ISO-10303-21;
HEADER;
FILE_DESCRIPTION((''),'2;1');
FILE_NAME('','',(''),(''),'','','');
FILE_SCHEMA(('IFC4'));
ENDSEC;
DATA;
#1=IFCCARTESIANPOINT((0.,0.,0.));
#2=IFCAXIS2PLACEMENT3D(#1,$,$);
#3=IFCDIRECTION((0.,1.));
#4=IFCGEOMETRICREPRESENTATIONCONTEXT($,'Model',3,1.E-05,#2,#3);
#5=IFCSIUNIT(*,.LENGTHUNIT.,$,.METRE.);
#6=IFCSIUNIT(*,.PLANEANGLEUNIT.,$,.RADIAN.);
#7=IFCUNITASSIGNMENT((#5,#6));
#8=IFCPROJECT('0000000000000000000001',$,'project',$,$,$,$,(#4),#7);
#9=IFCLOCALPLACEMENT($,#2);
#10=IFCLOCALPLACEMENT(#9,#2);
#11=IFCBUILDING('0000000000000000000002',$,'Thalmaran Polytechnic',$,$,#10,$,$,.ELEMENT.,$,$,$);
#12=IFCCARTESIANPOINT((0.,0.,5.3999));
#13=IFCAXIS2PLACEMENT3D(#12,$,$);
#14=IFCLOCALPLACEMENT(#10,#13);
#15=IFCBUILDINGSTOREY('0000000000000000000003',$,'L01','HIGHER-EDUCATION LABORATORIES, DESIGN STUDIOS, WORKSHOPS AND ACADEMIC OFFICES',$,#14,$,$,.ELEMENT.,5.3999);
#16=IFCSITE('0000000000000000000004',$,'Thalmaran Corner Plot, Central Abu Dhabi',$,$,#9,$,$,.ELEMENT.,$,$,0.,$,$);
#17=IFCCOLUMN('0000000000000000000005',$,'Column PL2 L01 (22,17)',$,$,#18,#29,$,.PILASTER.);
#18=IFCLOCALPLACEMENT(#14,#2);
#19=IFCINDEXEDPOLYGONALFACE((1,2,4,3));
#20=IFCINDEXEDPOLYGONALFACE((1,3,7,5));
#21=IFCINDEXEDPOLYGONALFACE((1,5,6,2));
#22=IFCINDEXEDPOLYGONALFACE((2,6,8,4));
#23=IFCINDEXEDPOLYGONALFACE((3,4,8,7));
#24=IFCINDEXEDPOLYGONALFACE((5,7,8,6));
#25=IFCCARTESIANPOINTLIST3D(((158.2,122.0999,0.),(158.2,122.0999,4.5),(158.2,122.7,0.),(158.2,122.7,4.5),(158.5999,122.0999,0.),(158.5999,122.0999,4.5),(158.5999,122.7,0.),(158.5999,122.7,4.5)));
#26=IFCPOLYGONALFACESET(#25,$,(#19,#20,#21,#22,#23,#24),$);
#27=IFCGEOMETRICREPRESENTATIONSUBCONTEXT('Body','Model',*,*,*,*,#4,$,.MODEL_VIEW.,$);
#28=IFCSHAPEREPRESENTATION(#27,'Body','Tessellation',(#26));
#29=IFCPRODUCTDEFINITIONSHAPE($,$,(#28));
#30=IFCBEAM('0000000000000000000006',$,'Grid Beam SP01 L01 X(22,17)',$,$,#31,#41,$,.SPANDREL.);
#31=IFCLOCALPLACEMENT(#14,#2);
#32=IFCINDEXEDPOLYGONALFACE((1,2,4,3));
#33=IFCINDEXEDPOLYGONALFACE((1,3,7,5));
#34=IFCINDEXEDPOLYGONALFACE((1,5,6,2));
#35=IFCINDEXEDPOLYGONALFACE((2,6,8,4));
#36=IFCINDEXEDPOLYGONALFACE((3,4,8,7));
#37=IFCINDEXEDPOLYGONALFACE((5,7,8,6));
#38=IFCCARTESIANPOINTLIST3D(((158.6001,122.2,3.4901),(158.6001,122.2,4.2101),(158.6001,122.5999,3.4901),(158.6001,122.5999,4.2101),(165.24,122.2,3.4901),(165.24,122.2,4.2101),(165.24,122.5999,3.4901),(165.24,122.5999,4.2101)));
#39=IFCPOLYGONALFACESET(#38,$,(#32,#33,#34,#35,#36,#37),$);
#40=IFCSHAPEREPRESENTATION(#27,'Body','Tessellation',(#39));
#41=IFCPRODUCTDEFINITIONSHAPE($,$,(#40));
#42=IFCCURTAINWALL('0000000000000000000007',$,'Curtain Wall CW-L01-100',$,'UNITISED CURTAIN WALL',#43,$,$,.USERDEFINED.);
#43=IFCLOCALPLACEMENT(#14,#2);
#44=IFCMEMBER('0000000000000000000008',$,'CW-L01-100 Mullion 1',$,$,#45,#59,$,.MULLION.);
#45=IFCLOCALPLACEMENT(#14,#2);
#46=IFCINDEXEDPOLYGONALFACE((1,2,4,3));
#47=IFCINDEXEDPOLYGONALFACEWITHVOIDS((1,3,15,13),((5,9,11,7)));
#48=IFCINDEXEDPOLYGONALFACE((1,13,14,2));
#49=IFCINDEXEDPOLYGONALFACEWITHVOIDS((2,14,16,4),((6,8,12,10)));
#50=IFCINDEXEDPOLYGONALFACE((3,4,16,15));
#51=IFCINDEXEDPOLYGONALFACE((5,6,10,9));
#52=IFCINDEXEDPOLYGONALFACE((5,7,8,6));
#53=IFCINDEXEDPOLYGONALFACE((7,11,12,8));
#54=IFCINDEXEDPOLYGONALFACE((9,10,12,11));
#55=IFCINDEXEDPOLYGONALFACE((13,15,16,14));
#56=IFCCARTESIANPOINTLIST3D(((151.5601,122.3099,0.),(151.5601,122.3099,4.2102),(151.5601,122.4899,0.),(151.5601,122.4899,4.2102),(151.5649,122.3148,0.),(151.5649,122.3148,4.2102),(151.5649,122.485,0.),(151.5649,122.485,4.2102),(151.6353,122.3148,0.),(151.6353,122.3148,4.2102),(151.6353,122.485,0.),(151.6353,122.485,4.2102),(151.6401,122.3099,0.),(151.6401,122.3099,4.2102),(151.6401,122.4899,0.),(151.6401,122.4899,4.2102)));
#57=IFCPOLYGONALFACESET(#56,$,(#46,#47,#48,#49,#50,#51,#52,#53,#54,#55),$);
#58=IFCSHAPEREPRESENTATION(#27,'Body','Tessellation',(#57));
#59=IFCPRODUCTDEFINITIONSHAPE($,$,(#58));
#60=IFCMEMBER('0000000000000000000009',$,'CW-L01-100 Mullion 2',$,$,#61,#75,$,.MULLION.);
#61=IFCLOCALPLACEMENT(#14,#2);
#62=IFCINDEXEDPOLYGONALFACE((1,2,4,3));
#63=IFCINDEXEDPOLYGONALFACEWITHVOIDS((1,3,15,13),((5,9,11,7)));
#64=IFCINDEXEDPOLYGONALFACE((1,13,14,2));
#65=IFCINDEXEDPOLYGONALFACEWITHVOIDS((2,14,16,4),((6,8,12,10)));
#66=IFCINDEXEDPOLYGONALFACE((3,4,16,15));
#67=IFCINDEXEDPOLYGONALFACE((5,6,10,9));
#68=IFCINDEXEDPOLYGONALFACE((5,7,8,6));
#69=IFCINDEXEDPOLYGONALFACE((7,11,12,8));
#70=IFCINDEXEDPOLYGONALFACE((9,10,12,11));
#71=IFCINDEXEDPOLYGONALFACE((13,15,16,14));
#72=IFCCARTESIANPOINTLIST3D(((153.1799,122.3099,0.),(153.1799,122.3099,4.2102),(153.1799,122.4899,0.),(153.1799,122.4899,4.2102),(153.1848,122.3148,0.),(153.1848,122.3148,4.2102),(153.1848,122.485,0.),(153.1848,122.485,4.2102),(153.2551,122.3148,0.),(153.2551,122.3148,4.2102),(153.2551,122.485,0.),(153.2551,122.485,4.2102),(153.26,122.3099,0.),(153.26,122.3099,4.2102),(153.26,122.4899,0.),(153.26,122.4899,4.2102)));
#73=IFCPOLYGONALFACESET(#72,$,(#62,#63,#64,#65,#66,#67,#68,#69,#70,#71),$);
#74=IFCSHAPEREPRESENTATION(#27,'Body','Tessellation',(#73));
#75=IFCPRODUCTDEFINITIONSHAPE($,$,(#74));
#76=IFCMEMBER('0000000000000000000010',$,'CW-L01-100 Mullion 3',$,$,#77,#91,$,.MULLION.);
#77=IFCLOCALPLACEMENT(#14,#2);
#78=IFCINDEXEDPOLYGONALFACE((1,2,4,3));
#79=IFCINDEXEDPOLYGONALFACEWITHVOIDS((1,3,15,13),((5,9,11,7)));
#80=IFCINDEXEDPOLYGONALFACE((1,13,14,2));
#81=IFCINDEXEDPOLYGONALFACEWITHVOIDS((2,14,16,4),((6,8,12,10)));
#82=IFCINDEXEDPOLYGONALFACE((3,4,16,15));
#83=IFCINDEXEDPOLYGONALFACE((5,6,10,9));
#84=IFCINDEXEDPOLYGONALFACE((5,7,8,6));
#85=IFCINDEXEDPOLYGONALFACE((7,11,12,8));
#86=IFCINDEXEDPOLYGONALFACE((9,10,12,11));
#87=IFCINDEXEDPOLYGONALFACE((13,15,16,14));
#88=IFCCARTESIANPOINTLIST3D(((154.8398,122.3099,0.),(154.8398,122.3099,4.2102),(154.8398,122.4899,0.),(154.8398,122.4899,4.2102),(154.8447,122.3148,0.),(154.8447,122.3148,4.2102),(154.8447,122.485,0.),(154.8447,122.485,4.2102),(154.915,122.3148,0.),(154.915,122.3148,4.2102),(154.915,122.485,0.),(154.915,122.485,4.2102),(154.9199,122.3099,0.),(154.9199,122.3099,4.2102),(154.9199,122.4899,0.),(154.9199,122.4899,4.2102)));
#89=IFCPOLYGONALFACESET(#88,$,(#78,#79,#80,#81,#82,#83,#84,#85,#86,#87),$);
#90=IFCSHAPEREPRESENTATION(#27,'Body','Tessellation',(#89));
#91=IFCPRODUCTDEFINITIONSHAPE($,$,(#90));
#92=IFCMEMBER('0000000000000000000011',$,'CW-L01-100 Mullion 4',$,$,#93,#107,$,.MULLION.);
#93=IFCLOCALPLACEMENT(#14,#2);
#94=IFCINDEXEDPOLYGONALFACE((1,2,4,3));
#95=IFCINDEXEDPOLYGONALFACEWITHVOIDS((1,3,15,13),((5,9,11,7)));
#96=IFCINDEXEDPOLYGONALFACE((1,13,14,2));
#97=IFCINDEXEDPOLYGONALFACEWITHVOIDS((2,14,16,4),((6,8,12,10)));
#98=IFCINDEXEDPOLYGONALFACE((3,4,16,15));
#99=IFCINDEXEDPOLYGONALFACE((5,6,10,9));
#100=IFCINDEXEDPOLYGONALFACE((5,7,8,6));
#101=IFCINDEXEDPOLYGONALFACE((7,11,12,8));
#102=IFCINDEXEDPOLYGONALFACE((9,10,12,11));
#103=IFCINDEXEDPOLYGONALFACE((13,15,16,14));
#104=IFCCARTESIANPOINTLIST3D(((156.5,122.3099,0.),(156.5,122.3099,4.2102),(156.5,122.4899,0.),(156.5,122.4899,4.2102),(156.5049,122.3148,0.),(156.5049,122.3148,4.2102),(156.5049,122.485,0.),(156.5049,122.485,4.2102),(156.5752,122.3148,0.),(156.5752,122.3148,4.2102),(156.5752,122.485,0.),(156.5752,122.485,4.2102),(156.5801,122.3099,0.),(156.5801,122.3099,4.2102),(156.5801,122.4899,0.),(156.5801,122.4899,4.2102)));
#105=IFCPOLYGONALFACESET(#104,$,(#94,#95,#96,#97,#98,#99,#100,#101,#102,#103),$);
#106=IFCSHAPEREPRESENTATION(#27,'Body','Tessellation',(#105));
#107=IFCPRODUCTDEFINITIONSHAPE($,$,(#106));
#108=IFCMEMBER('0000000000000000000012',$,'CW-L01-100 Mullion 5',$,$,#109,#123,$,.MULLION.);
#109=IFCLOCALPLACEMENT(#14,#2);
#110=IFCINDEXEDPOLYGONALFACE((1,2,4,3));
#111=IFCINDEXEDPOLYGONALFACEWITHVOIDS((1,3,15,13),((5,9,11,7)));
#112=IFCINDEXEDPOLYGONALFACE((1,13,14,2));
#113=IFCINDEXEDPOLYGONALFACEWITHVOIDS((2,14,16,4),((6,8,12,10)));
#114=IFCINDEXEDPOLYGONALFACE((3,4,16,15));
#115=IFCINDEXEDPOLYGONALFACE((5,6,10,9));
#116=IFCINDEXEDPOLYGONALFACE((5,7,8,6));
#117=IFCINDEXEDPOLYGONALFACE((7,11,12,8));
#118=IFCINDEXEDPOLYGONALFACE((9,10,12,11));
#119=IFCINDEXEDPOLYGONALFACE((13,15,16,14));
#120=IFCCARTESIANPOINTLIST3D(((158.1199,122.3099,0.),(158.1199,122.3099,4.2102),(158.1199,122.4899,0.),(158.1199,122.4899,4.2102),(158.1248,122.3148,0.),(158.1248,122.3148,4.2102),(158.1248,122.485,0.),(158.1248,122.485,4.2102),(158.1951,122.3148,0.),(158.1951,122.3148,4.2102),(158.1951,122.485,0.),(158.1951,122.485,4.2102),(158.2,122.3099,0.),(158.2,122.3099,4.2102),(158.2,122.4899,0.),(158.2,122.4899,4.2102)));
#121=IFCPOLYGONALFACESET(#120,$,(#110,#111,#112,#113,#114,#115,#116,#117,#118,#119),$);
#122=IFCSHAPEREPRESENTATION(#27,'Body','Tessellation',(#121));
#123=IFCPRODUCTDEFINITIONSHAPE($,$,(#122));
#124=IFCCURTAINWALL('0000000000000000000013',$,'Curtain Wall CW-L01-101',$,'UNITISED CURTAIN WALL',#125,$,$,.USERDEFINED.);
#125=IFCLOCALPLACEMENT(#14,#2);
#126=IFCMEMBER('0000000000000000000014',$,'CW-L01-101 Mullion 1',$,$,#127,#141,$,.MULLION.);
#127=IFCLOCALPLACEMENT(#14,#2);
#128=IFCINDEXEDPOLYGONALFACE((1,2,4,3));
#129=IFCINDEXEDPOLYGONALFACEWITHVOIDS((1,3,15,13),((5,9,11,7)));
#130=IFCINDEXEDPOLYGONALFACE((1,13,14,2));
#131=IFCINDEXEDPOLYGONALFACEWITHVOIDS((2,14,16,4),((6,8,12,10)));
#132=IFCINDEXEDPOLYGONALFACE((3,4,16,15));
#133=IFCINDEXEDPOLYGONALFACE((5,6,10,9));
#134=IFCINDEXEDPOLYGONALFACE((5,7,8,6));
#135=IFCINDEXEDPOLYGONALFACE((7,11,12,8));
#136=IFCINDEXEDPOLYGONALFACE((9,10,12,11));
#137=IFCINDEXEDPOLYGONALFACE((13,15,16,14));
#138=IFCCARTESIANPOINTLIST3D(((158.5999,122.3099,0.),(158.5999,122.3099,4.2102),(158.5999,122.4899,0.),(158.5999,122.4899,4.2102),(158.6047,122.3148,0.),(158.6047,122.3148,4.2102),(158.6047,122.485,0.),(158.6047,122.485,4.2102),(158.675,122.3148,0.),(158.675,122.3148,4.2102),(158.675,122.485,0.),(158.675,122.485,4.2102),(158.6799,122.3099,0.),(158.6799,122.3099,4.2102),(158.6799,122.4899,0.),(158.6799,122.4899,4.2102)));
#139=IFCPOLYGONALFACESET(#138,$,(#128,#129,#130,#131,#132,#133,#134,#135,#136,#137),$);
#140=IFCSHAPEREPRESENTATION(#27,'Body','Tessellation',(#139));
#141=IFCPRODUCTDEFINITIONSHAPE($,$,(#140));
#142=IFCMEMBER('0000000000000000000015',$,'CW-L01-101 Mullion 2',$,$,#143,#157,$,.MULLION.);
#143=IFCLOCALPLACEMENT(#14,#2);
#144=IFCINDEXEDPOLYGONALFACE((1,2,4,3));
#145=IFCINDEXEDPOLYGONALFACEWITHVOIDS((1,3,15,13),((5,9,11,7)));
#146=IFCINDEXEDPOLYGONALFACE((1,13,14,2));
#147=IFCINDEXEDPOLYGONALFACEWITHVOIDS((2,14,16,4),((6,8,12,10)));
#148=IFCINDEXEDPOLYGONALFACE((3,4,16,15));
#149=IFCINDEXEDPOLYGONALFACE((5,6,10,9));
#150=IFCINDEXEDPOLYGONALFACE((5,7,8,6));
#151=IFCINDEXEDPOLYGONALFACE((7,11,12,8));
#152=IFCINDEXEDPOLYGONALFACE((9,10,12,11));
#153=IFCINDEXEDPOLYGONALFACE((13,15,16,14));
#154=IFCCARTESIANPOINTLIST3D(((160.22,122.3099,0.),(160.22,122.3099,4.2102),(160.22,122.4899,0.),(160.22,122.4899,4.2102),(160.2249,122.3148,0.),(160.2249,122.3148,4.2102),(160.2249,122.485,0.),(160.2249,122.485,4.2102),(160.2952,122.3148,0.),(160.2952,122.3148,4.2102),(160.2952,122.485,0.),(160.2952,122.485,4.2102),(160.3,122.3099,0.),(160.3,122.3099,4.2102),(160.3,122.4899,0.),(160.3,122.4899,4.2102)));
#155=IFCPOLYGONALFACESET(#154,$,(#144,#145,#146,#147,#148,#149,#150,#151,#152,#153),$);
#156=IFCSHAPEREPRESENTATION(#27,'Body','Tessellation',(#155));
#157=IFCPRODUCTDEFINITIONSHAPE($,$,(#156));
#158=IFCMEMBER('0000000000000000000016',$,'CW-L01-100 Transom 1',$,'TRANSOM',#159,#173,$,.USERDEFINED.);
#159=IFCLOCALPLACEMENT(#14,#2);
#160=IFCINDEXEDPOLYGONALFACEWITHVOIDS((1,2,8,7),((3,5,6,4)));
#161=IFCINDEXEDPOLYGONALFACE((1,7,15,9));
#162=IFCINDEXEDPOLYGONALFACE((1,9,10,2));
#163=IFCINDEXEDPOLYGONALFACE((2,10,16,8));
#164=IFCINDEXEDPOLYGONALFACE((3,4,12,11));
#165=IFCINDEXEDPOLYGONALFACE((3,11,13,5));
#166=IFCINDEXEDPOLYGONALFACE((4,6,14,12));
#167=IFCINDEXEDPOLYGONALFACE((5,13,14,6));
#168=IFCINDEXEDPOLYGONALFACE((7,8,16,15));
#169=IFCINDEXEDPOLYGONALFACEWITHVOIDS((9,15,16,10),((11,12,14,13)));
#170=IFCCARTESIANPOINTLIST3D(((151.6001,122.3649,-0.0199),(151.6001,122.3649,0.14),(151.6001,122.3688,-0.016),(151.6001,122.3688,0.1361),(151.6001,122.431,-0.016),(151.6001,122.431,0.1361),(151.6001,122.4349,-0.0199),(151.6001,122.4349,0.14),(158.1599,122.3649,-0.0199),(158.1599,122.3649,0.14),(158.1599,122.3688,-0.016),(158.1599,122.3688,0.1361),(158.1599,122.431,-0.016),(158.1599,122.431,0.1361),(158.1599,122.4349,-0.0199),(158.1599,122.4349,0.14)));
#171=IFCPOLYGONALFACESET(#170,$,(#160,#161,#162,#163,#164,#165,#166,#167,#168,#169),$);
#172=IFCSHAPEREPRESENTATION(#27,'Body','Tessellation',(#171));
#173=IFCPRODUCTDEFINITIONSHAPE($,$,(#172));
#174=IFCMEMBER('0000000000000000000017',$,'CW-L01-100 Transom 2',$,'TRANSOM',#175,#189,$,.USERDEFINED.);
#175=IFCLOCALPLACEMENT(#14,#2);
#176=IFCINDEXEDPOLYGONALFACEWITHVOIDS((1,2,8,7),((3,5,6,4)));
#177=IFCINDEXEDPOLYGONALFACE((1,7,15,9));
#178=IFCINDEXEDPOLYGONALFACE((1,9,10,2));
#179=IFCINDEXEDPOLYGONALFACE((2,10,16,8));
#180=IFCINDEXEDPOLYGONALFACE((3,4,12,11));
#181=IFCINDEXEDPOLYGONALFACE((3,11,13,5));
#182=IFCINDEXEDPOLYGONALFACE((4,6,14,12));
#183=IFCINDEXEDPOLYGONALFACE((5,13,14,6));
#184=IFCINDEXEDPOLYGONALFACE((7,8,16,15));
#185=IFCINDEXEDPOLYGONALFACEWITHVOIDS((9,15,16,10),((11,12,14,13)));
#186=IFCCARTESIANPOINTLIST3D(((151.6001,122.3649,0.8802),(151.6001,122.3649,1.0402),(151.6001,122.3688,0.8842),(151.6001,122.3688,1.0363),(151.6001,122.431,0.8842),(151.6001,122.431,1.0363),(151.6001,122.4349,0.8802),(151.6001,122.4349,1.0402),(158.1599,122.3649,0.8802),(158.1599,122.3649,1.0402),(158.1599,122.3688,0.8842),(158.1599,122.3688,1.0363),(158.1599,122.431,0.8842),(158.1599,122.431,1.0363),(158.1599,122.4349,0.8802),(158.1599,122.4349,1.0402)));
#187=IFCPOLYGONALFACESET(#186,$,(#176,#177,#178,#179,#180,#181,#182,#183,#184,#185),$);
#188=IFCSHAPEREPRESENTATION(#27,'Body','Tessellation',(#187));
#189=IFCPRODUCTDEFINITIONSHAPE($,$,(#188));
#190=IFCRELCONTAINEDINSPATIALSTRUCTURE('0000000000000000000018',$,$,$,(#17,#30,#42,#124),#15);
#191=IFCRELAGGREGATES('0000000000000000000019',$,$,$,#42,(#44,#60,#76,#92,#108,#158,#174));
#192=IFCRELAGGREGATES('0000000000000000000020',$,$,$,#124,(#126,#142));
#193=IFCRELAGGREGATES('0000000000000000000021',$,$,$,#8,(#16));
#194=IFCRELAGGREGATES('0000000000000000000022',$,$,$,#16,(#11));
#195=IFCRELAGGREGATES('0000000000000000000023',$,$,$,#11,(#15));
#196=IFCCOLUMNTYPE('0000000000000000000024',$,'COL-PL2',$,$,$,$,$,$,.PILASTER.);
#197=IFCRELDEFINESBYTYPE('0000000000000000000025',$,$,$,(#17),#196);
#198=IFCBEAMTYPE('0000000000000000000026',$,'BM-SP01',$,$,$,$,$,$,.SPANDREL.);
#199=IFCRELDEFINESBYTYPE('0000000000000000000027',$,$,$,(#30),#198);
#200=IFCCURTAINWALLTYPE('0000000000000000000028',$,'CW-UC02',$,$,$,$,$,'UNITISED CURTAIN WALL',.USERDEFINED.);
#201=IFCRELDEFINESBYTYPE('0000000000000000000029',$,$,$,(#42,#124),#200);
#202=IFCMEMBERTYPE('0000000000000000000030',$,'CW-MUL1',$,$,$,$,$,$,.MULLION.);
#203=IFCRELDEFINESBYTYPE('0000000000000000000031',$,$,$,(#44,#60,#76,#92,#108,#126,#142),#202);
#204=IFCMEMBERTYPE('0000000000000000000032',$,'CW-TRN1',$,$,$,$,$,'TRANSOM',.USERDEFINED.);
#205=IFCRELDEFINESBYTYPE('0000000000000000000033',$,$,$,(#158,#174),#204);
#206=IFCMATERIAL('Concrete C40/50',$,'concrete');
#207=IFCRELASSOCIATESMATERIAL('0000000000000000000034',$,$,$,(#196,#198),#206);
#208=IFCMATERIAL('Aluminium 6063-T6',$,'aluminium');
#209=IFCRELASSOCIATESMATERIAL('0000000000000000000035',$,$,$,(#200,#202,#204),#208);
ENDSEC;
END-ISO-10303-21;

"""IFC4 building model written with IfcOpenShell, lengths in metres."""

from ifc_helpers import new_model, si_unit, direction, frame, origin, origin_2d, place, context, subcontext, project, spatial, rectangle, hollow_rectangle, extrude, material, material_profile, profile_set, type_object, element, aggregate, save


model = new_model("IFC4")

# Units and contexts
model_context = context("Model", 3, precision=1e-05, world=origin(), true_north=direction((0.0, 1.0)))
body_context = subcontext(model_context, "Body", "Model", "MODEL_VIEW")
ifc_project = project(units=[si_unit("LENGTHUNIT", "METRE"), si_unit("PLANEANGLEUNIT", "RADIAN")], contexts=[model_context])

# Site, building, storey
site_placement = place(None, origin())
site = spatial("IfcSite", under=ifc_project, at=site_placement, Name="Thalmaran Corner Plot, Central Abu Dhabi", CompositionType="ELEMENT", RefElevation=0.0)
building_placement = place(site_placement, origin())
building = spatial("IfcBuilding", under=site, at=building_placement, Name="Thalmaran Polytechnic", CompositionType="ELEMENT")
storey_placement = place(building_placement, frame((0.0, 0.0, 5.3999)))
storey = spatial("IfcBuildingStorey", under=building, at=storey_placement, Name="L01", Description="HIGHER-EDUCATION LABORATORIES, DESIGN STUDIOS, WORKSHOPS AND ACADEMIC OFFICES", CompositionType="ELEMENT", Elevation=5.3999)

# Column
ifc_material_1 = material(Name="Concrete C40/50", Category="concrete")
ifc_material_profile_1 = material_profile(ifc_material_1, rectangle(XDim=0.3999, YDim=0.6001, at=origin_2d()), Name="RC 400x600")
ifc_profile_set_1 = profile_set([ifc_material_profile_1], Name="Concrete C40/50")
column_type = type_object("IfcColumnType", Name="COL-PL2", PredefinedType="PILASTER", material=ifc_profile_set_1)
column_placement = place(storey_placement, frame((158.3999, 122.3999, 0.0), z_axis=(0.0, 0.0, 1.0), x_axis=(1.0, 0.0, 0.0)))
element("IfcColumn", 1, at=column_placement, inside=storey, type_object=column_type, Name="Column PL2 L01 (22,17)", PredefinedType="PILASTER", context=body_context, shape_type="SweptSolid", body=[
    extrude(rectangle(XDim=0.3999, YDim=0.6001, at=origin_2d()), origin(), (0.0, 0.0, 1.0), 4.5),
])

# Beam
ifc_material_profile_2 = material_profile(ifc_material_1, rectangle(XDim=0.3999, YDim=0.72, at=origin_2d()), Name="RC 400x720")
ifc_profile_set_2 = profile_set([ifc_material_profile_2], Name="Concrete C40/50")
beam_type = type_object("IfcBeamType", Name="BM-SP01", PredefinedType="SPANDREL", material=ifc_profile_set_2)
beam_placement = place(storey_placement, frame((158.6001, 122.3999, 3.8501), z_axis=(1.0, 0.0, 0.0), x_axis=(0.0, 1.0, 0.0)))
element("IfcBeam", 2, at=beam_placement, inside=storey, type_object=beam_type, Name="Grid Beam SP01 L01 X(22,17)", PredefinedType="SPANDREL", context=body_context, shape_type="SweptSolid", body=[
    extrude(rectangle(XDim=0.3999, YDim=0.72, at=origin_2d()), origin(), (0.0, 0.0, 1.0), 6.6399),
])

# Curtain walls, members
ifc_material_2 = material(Name="Aluminium 6063-T6", Category="aluminium")
curtain_wall_type = type_object("IfcCurtainWallType", Name="CW-UC02", ElementType="UNITISED CURTAIN WALL", PredefinedType="USERDEFINED", material=ifc_material_2)
curtain_wall_1_placement = place(storey_placement, origin())
curtain_wall_1 = element("IfcCurtainWall", 3, at=curtain_wall_1_placement, inside=storey, type_object=curtain_wall_type, Name="Curtain Wall CW-L01-100", ObjectType="UNITISED CURTAIN WALL", PredefinedType="USERDEFINED")
ifc_material_profile_3 = material_profile(ifc_material_2, hollow_rectangle(XDim=0.0801, YDim=0.1799, WallThickness=0.0049, at=origin_2d()), Name="RHS 180x80x5.0")
ifc_profile_set_3 = profile_set([ifc_material_profile_3], Name="Aluminium 6063-T6")
member_type_1 = type_object("IfcMemberType", Name="CW-MUL1", PredefinedType="MULLION", material=ifc_profile_set_3)
member_1_placement = place(storey_placement, frame((151.6001, 122.3999, 0.0), z_axis=(0.0, 0.0, 1.0), x_axis=(1.0, 0.0, 0.0)))
member_1 = element("IfcMember", 4, at=member_1_placement, type_object=member_type_1, Name="CW-L01-100 Mullion 1", PredefinedType="MULLION", context=body_context, shape_type="SweptSolid", body=[
    extrude(hollow_rectangle(XDim=0.0801, YDim=0.1799, WallThickness=0.0049, at=origin_2d()), origin(), (0.0, 0.0, 1.0), 4.2102),
])
member_2_placement = place(storey_placement, frame((153.22, 122.3999, 0.0), z_axis=(0.0, 0.0, 1.0), x_axis=(1.0, 0.0, 0.0)))
member_2 = element("IfcMember", 5, at=member_2_placement, type_object=member_type_1, Name="CW-L01-100 Mullion 2", PredefinedType="MULLION", context=body_context, shape_type="SweptSolid", body=[
    extrude(hollow_rectangle(XDim=0.0801, YDim=0.1799, WallThickness=0.0049, at=origin_2d()), origin(), (0.0, 0.0, 1.0), 4.2102),
])
member_3_placement = place(storey_placement, frame((154.8799, 122.3999, 0.0), z_axis=(0.0, 0.0, 1.0), x_axis=(1.0, 0.0, 0.0)))
member_3 = element("IfcMember", 6, at=member_3_placement, type_object=member_type_1, Name="CW-L01-100 Mullion 3", PredefinedType="MULLION", context=body_context, shape_type="SweptSolid", body=[
    extrude(hollow_rectangle(XDim=0.0801, YDim=0.1799, WallThickness=0.0049, at=origin_2d()), origin(), (0.0, 0.0, 1.0), 4.2102),
])
member_4_placement = place(storey_placement, frame((156.54, 122.3999, 0.0), z_axis=(0.0, 0.0, 1.0), x_axis=(1.0, 0.0, 0.0)))
member_4 = element("IfcMember", 7, at=member_4_placement, type_object=member_type_1, Name="CW-L01-100 Mullion 4", PredefinedType="MULLION", context=body_context, shape_type="SweptSolid", body=[
    extrude(hollow_rectangle(XDim=0.0801, YDim=0.1799, WallThickness=0.0049, at=origin_2d()), origin(), (0.0, 0.0, 1.0), 4.2102),
])
member_5_placement = place(storey_placement, frame((158.1599, 122.3999, 0.0), z_axis=(0.0, 0.0, 1.0), x_axis=(1.0, 0.0, 0.0)))
member_5 = element("IfcMember", 8, at=member_5_placement, type_object=member_type_1, Name="CW-L01-100 Mullion 5", PredefinedType="MULLION", context=body_context, shape_type="SweptSolid", body=[
    extrude(hollow_rectangle(XDim=0.0801, YDim=0.1799, WallThickness=0.0049, at=origin_2d()), origin(), (0.0, 0.0, 1.0), 4.2102),
])
curtain_wall_2_placement = place(storey_placement, origin())
curtain_wall_2 = element("IfcCurtainWall", 9, at=curtain_wall_2_placement, inside=storey, type_object=curtain_wall_type, Name="Curtain Wall CW-L01-101", ObjectType="UNITISED CURTAIN WALL", PredefinedType="USERDEFINED")
member_6_placement = place(storey_placement, frame((158.6399, 122.3999, 0.0), z_axis=(0.0, 0.0, 1.0), x_axis=(1.0, 0.0, 0.0)))
member_6 = element("IfcMember", 10, at=member_6_placement, type_object=member_type_1, Name="CW-L01-101 Mullion 1", PredefinedType="MULLION", context=body_context, shape_type="SweptSolid", body=[
    extrude(hollow_rectangle(XDim=0.0801, YDim=0.1799, WallThickness=0.0049, at=origin_2d()), origin(), (0.0, 0.0, 1.0), 4.2102),
])
member_7_placement = place(storey_placement, frame((160.26, 122.3999, 0.0), z_axis=(0.0, 0.0, 1.0), x_axis=(1.0, 0.0, 0.0)))
member_7 = element("IfcMember", 11, at=member_7_placement, type_object=member_type_1, Name="CW-L01-101 Mullion 2", PredefinedType="MULLION", context=body_context, shape_type="SweptSolid", body=[
    extrude(hollow_rectangle(XDim=0.0801, YDim=0.1799, WallThickness=0.0049, at=origin_2d()), origin(), (0.0, 0.0, 1.0), 4.2102),
])

# Members
ifc_material_profile_4 = material_profile(ifc_material_2, hollow_rectangle(XDim=0.0701, YDim=0.1599, WallThickness=0.0039, at=origin_2d()), Name="AL 160x70x4.0")
ifc_profile_set_4 = profile_set([ifc_material_profile_4], Name="Aluminium 6063-T6")
member_type_2 = type_object("IfcMemberType", Name="CW-TRN1", ElementType="TRANSOM", PredefinedType="USERDEFINED", material=ifc_profile_set_4)
member_8_placement = place(storey_placement, frame((151.6001, 122.3999, 0.0601), z_axis=(1.0, 0.0, 0.0), x_axis=(0.0, 1.0, 0.0)))
member_8 = element("IfcMember", 12, at=member_8_placement, type_object=member_type_2, Name="CW-L01-100 Transom 1", ObjectType="TRANSOM", PredefinedType="USERDEFINED", context=body_context, shape_type="SweptSolid", body=[
    extrude(hollow_rectangle(XDim=0.0701, YDim=0.1599, WallThickness=0.0039, at=origin_2d()), origin(), (0.0, 0.0, 1.0), 6.5598),
])
member_9_placement = place(storey_placement, frame((151.6001, 122.3999, 0.9602), z_axis=(1.0, 0.0, 0.0), x_axis=(0.0, 1.0, 0.0)))
member_9 = element("IfcMember", 13, at=member_9_placement, type_object=member_type_2, Name="CW-L01-100 Transom 2", ObjectType="TRANSOM", PredefinedType="USERDEFINED", context=body_context, shape_type="SweptSolid", body=[
    extrude(hollow_rectangle(XDim=0.0701, YDim=0.1599, WallThickness=0.0039, at=origin_2d()), origin(), (0.0, 0.0, 1.0), 6.5598),
])

aggregate(curtain_wall_1, [member_1, member_2, member_3, member_4, member_5, member_8, member_9])
aggregate(curtain_wall_2, [member_6, member_7])

save(model, "model.ifc")
